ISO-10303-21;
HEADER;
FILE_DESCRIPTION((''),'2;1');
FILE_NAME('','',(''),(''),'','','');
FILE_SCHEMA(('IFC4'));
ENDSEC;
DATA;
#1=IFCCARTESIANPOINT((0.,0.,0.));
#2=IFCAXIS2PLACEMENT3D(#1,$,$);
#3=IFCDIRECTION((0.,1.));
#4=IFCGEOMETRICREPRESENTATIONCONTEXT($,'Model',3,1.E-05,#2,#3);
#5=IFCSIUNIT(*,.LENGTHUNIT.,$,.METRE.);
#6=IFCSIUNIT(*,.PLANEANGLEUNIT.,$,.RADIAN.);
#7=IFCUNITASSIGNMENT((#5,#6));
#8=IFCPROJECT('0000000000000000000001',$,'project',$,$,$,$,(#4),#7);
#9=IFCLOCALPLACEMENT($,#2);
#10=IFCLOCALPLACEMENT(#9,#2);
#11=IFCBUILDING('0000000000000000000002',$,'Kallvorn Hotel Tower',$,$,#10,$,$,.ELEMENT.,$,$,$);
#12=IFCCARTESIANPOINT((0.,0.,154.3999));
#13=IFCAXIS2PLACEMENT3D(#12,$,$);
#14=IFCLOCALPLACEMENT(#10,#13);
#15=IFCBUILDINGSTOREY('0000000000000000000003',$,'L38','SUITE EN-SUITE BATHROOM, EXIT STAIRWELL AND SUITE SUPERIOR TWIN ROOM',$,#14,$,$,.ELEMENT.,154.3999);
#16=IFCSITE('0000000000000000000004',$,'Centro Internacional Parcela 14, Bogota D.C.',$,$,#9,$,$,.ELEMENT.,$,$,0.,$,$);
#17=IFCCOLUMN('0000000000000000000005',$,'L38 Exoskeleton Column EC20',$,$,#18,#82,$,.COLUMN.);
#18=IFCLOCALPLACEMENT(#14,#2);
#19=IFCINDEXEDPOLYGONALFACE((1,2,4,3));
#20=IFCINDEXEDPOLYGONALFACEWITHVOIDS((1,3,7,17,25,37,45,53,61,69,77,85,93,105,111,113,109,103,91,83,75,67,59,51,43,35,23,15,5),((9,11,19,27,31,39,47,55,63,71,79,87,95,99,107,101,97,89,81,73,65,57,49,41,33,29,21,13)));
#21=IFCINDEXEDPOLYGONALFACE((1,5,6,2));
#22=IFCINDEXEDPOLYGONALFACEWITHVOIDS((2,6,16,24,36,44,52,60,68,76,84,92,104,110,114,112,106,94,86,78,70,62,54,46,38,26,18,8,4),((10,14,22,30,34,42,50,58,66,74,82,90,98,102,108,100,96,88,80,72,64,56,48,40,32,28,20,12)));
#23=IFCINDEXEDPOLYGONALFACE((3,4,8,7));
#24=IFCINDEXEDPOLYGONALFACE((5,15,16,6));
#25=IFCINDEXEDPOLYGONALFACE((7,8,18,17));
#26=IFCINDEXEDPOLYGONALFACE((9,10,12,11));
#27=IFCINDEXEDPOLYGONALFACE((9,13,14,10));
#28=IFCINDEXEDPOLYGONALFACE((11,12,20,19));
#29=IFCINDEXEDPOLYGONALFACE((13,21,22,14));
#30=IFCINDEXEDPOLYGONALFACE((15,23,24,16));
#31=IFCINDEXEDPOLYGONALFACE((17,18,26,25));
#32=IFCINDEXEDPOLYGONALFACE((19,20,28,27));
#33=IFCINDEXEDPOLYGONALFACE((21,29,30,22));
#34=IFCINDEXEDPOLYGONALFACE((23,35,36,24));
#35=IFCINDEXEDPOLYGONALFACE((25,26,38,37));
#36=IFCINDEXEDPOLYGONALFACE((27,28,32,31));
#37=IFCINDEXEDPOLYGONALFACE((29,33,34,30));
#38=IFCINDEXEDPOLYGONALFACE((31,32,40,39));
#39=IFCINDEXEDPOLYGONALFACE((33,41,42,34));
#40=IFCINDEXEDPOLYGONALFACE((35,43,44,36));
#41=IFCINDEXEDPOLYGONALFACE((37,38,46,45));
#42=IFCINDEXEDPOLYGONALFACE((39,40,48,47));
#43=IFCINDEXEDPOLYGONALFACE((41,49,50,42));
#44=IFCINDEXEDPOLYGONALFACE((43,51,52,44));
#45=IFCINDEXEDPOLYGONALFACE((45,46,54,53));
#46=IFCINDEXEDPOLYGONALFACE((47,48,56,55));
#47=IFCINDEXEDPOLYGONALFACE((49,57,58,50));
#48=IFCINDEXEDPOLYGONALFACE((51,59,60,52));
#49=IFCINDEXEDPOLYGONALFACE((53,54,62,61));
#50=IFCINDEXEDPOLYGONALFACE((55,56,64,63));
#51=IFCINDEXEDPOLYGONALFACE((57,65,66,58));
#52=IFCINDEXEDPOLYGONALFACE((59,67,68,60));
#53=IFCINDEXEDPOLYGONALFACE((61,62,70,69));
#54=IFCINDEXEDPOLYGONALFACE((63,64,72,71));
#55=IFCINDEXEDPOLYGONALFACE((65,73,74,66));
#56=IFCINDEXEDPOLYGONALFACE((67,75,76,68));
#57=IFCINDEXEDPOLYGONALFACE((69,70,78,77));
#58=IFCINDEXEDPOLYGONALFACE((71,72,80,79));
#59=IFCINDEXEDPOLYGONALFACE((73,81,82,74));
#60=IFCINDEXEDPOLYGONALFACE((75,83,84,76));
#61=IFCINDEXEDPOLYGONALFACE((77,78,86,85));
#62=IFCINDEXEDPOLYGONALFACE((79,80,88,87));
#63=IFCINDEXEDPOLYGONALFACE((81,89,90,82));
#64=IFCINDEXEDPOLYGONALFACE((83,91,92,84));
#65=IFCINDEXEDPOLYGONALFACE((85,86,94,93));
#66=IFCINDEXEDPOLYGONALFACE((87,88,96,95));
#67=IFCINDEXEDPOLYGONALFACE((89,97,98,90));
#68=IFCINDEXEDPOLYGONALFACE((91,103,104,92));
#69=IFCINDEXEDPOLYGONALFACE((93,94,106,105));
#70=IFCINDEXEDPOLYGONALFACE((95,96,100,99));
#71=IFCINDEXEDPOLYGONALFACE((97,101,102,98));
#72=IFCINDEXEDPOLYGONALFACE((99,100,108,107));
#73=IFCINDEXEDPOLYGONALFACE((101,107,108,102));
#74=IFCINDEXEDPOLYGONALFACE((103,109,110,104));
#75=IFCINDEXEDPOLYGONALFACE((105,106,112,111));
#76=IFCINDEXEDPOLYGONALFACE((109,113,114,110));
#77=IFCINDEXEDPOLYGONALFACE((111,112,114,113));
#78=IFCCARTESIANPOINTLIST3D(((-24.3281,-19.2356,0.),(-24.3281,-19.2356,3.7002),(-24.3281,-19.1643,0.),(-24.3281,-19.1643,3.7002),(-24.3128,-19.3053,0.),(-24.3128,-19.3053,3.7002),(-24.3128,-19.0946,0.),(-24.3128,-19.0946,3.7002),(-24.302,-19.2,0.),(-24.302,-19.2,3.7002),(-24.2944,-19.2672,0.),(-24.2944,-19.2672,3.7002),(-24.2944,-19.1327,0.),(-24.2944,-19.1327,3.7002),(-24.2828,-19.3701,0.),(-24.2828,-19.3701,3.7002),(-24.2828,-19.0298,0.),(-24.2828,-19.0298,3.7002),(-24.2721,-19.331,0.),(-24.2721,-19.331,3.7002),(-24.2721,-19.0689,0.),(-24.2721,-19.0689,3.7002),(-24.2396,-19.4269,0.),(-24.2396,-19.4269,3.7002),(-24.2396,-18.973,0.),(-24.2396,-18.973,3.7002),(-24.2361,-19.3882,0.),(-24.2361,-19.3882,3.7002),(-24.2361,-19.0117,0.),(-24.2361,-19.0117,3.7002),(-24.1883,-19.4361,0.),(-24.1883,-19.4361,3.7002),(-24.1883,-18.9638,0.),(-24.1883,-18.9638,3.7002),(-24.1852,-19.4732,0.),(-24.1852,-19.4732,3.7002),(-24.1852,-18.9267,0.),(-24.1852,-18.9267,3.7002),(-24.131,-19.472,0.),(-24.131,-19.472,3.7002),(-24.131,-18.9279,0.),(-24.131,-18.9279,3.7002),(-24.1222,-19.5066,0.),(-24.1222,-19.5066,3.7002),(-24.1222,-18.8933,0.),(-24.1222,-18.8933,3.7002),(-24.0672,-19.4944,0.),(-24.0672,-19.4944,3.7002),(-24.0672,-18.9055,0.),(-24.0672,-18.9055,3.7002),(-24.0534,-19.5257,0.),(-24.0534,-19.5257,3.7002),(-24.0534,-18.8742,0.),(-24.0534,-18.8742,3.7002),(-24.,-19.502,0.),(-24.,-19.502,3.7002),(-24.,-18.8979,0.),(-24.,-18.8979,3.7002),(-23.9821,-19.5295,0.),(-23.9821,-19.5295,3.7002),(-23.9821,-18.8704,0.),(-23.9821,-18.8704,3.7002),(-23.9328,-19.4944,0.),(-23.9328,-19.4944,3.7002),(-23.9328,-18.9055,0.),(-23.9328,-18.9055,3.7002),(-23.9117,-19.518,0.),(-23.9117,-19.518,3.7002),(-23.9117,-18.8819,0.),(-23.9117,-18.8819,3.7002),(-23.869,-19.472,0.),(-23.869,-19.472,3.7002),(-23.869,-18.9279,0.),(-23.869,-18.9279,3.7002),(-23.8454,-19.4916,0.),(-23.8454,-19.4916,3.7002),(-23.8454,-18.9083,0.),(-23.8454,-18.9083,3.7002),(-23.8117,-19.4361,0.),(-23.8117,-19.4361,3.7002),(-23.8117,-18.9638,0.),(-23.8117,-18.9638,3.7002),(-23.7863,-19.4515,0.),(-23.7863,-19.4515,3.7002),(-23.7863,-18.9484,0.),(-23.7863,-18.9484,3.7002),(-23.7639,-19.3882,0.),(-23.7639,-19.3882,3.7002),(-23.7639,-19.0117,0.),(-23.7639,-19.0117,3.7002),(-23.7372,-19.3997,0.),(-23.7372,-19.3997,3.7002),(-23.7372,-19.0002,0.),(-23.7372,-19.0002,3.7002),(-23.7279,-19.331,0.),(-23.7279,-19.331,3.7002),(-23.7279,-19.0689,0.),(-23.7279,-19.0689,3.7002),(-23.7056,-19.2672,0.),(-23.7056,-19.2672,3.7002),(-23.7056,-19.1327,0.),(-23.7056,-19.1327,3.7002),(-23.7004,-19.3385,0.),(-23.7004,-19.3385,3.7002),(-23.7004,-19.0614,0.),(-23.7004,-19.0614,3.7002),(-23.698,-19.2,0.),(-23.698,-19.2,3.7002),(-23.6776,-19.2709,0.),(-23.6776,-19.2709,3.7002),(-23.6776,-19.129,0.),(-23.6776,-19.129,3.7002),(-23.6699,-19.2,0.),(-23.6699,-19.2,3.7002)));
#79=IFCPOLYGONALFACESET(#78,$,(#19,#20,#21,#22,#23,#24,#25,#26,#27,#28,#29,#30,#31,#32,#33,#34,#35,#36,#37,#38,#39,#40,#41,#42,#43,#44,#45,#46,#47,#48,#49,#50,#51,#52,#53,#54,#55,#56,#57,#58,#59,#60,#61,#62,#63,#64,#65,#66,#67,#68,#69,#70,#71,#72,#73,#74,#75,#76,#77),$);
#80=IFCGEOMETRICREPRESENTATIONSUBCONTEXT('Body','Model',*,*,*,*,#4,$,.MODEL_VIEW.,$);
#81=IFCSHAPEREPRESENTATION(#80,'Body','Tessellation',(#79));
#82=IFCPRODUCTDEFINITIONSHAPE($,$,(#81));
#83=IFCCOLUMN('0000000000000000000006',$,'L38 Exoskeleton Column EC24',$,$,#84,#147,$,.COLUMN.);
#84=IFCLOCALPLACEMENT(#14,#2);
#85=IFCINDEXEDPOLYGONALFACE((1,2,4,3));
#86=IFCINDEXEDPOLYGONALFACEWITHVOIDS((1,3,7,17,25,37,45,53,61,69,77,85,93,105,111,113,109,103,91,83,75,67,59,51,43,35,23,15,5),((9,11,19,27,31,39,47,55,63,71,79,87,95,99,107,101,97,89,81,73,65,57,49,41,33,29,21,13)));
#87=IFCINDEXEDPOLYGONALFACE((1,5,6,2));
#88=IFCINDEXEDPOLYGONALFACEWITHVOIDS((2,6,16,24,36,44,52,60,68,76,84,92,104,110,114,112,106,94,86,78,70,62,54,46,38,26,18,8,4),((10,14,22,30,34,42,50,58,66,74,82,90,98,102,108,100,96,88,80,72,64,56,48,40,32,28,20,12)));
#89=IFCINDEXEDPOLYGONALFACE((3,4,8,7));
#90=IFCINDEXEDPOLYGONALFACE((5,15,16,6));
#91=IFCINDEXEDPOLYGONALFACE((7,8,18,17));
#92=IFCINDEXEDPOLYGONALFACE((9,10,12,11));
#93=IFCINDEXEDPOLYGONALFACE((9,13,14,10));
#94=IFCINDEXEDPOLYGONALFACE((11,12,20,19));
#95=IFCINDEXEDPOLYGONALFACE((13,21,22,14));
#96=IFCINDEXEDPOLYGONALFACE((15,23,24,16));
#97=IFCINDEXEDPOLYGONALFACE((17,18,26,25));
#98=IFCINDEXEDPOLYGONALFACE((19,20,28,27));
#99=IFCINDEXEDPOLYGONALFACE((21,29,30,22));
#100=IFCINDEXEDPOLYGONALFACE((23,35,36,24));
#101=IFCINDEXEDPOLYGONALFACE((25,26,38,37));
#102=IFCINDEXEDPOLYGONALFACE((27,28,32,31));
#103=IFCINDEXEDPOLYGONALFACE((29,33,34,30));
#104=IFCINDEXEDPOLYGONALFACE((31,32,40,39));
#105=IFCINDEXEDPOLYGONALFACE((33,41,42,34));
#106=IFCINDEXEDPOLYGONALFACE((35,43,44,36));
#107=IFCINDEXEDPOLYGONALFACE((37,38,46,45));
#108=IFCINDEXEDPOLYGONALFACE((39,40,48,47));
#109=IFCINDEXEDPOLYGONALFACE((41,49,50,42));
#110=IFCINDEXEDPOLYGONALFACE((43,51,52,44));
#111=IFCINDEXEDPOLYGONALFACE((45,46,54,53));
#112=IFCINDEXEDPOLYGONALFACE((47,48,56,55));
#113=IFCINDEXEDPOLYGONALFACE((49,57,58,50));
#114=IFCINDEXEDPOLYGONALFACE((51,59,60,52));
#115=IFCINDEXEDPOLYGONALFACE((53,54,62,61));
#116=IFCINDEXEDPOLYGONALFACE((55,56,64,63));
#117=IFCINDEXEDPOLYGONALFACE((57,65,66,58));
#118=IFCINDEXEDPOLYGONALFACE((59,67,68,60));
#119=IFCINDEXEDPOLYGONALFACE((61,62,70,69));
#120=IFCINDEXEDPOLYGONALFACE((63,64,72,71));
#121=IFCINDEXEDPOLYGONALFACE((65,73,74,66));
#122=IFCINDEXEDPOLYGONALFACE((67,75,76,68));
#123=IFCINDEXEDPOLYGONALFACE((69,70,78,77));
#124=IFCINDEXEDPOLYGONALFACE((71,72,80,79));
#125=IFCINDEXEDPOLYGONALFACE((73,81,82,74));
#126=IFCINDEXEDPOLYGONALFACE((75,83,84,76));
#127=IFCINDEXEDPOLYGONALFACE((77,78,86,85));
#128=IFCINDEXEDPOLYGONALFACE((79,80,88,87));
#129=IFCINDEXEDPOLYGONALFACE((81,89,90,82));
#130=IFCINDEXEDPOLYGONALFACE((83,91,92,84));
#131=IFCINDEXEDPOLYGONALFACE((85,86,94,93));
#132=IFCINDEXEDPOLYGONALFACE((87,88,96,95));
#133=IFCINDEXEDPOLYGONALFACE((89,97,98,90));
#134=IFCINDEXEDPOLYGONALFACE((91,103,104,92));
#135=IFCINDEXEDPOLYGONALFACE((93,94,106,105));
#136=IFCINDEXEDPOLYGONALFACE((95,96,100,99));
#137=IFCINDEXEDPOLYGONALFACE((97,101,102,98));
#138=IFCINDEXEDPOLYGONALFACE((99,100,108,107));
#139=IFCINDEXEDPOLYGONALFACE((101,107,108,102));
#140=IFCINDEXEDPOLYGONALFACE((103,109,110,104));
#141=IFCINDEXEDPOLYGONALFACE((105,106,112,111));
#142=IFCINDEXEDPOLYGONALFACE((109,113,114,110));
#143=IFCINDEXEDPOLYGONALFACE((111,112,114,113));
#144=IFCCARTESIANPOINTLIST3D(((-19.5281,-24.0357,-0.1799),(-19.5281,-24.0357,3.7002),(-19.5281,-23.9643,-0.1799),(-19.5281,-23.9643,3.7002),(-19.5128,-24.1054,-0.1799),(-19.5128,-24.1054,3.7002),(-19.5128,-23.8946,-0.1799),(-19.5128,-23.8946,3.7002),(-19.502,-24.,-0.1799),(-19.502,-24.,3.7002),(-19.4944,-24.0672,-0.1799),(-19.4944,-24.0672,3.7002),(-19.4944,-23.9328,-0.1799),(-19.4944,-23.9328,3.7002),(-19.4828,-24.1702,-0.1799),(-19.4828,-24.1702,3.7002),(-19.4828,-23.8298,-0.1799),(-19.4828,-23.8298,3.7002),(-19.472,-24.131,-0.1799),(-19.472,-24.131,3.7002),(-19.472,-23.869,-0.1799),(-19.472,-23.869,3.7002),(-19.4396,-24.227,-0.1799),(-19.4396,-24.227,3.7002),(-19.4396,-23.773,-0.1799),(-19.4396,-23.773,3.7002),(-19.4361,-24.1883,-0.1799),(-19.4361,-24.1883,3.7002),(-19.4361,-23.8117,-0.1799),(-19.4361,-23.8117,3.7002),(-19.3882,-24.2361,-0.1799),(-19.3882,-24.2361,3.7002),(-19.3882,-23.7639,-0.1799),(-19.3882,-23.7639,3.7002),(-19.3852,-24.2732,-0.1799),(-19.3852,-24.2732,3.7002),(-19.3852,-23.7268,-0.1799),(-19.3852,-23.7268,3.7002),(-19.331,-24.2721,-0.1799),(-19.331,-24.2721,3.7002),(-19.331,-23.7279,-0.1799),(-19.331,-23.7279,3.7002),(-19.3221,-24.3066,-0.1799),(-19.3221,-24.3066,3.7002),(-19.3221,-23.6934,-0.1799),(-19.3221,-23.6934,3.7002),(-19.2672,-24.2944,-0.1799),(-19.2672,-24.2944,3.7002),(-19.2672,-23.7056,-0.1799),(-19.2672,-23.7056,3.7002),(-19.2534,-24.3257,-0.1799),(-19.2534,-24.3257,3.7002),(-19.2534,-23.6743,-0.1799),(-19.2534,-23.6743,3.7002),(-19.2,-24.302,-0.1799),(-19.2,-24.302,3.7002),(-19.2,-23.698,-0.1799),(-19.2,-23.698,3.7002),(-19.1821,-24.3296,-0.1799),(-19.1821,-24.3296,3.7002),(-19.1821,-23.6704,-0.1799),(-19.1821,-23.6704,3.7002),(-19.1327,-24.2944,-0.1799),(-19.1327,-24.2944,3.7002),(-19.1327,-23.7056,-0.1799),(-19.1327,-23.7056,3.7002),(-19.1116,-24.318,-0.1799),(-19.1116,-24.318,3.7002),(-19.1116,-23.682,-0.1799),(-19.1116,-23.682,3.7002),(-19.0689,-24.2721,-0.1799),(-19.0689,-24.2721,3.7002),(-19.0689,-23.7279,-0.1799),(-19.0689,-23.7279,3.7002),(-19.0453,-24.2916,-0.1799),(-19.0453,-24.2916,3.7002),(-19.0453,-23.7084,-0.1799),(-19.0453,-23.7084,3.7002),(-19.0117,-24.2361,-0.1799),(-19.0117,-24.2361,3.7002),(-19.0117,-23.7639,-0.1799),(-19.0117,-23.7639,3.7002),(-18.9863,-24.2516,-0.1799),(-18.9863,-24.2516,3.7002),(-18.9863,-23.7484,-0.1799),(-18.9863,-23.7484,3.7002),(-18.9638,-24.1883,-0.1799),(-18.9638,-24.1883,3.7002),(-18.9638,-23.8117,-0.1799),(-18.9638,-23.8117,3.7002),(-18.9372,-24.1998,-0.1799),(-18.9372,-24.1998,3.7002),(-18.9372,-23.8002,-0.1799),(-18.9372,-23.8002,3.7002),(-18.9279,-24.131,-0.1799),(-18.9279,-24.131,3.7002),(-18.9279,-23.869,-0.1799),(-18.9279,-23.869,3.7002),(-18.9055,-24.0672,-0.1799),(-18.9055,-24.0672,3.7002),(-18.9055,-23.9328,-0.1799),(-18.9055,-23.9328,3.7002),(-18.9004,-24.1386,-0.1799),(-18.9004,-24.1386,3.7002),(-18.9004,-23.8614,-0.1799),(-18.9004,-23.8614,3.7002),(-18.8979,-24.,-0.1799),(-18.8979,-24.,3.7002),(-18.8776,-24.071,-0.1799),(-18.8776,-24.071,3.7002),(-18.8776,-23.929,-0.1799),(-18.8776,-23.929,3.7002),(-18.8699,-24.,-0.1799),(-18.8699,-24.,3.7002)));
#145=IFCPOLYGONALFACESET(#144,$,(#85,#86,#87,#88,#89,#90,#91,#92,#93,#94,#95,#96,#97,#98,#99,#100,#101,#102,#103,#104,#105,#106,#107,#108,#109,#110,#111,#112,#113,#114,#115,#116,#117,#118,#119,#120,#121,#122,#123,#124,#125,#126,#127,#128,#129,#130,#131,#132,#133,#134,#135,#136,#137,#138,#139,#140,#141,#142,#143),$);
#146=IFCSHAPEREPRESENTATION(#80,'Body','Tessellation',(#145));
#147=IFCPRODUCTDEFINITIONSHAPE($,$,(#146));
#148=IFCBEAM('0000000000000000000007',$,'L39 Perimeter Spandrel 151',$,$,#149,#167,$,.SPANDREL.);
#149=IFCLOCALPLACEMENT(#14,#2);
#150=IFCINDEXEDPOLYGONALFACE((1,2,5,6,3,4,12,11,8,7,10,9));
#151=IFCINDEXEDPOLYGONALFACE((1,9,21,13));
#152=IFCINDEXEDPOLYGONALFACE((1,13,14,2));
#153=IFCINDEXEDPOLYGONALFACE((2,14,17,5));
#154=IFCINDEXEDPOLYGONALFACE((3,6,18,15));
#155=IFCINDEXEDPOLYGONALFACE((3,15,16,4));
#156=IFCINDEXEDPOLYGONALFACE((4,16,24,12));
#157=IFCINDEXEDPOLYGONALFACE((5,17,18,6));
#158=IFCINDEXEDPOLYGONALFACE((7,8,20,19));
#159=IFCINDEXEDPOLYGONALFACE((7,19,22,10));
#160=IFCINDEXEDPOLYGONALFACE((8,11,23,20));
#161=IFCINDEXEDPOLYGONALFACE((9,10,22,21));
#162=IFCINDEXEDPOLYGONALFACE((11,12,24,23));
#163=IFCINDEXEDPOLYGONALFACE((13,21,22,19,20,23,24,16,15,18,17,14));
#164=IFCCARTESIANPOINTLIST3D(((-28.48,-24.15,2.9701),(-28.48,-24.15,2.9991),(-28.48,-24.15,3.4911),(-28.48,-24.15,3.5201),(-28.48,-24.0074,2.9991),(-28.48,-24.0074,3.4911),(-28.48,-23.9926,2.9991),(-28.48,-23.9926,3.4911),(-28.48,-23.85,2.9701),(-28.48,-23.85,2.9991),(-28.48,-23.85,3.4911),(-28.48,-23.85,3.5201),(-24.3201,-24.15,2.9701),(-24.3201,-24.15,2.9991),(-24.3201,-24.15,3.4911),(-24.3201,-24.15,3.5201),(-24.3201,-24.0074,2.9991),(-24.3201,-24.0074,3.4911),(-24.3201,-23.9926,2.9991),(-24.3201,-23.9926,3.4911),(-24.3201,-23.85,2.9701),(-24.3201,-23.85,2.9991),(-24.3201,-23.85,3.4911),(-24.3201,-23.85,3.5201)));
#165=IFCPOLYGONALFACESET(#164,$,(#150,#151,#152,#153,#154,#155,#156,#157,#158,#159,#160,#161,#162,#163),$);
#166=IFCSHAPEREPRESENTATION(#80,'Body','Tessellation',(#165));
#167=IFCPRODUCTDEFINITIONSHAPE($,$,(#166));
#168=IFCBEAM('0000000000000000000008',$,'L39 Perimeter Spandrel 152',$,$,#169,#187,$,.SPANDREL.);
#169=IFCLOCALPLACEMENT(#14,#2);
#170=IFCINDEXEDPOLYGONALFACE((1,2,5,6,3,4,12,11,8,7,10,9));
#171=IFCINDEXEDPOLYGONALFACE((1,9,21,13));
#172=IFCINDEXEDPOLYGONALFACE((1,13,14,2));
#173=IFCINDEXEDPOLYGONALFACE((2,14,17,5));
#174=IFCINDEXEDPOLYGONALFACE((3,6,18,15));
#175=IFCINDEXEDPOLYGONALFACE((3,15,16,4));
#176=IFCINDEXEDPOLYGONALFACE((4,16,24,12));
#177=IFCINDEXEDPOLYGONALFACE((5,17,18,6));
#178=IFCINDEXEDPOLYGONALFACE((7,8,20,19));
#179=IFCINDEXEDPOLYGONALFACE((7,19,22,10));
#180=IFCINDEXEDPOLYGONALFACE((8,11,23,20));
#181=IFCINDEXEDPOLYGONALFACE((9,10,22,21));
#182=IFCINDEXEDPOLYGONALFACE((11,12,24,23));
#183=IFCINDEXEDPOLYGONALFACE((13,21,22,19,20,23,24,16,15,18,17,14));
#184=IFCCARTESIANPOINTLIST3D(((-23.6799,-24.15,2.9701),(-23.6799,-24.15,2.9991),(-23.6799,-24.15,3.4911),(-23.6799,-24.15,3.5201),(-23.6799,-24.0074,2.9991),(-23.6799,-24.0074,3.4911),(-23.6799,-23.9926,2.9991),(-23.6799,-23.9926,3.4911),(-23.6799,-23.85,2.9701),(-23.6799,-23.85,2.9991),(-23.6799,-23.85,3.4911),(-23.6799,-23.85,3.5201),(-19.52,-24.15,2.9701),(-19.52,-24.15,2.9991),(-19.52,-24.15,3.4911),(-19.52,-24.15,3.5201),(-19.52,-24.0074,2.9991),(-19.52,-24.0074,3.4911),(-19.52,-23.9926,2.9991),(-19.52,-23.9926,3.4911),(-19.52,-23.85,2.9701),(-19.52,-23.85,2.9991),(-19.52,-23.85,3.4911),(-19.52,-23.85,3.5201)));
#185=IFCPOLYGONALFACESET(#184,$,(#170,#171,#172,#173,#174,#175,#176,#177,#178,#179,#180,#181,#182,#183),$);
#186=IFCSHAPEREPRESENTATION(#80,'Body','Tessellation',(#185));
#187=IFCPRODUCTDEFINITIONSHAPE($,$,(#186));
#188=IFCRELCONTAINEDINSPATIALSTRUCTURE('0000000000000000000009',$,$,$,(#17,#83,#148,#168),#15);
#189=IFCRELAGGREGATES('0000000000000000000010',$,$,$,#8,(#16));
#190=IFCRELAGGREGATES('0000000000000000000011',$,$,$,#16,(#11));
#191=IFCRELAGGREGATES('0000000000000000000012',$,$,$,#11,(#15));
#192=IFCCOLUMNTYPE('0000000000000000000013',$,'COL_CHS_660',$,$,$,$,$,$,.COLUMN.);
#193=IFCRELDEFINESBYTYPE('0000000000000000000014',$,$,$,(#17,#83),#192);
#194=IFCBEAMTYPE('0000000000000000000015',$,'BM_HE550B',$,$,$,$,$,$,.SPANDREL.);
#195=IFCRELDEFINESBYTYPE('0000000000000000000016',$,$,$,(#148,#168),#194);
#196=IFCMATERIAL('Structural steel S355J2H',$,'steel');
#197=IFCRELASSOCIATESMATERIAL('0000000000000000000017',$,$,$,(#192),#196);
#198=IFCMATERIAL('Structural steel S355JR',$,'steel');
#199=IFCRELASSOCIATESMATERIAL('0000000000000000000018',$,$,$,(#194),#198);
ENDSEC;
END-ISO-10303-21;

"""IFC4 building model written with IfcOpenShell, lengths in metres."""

from ifc_helpers import new_model, si_unit, direction, frame, origin, origin_2d, place, context, subcontext, project, spatial, hollow_circle, i_section, extrude, material, material_profile, profile_set, type_object, element, save


model = new_model("IFC4")

# Units and contexts
model_context = context("Model", 3, precision=1e-05, world=origin(), true_north=direction((0.0, 1.0)))
body_context = subcontext(model_context, "Body", "Model", "MODEL_VIEW")
ifc_project = project(units=[si_unit("LENGTHUNIT", "METRE"), si_unit("PLANEANGLEUNIT", "RADIAN")], contexts=[model_context])

# Site, building, storey
site_placement = place(None, origin())
site = spatial("IfcSite", under=ifc_project, at=site_placement, Name="Centro Internacional Parcela 14, Bogota D.C.", CompositionType="ELEMENT", RefElevation=0.0)
building_placement = place(site_placement, origin())
building = spatial("IfcBuilding", under=site, at=building_placement, Name="Kallvorn Hotel Tower", CompositionType="ELEMENT")
storey_placement = place(building_placement, frame((0.0, 0.0, 154.3999)))
storey = spatial("IfcBuildingStorey", under=building, at=storey_placement, Name="L38", Description="SUITE EN-SUITE BATHROOM, EXIT STAIRWELL AND SUITE SUPERIOR TWIN ROOM", CompositionType="ELEMENT", Elevation=154.3999)

# Columns
ifc_material_1 = material(Name="Structural steel S355J2H", Category="steel")
ifc_material_profile_1 = material_profile(ifc_material_1, hollow_circle(Radius=0.3301, WallThickness=0.0281, at=origin_2d()), Name="CHS 660x28")
ifc_profile_set_1 = profile_set([ifc_material_profile_1], Name="Structural steel S355J2H")
column_type = type_object("IfcColumnType", Name="COL_CHS_660", PredefinedType="COLUMN", material=ifc_profile_set_1)
column_1_placement = place(storey_placement, frame((-24.0, -19.2, 0.0), z_axis=(0.0, 0.0, 1.0), x_axis=(1.0, 0.0, 0.0)))
element("IfcColumn", 1, at=column_1_placement, inside=storey, type_object=column_type, Name="L38 Exoskeleton Column EC20", PredefinedType="COLUMN", context=body_context, shape_type="SweptSolid", body=[
    extrude(hollow_circle(Radius=0.3301, WallThickness=0.0281, at=origin_2d()), origin(), (0.0, 0.0, 1.0), 3.7002),
])
column_2_placement = place(storey_placement, frame((-19.2, -24.0, -0.1799), z_axis=(0.0, 0.0, 1.0), x_axis=(1.0, 0.0, 0.0)))
element("IfcColumn", 2, at=column_2_placement, inside=storey, type_object=column_type, Name="L38 Exoskeleton Column EC24", PredefinedType="COLUMN", context=body_context, shape_type="SweptSolid", body=[
    extrude(hollow_circle(Radius=0.3301, WallThickness=0.0281, at=origin_2d()), origin(), (0.0, 0.0, 1.0), 3.8801),
])

# Beams
ifc_material_2 = material(Name="Structural steel S355JR", Category="steel")
ifc_material_profile_2 = material_profile(ifc_material_2, i_section(OverallWidth=0.3, OverallDepth=0.55, WebThickness=0.0149, FlangeThickness=0.0291, at=origin_2d()), Name="HE 550 B")
ifc_profile_set_2 = profile_set([ifc_material_profile_2], Name="Structural steel S355JR")
beam_type_1 = type_object("IfcBeamType", Name="BM_HE550B", PredefinedType="SPANDREL", material=ifc_profile_set_2)
for number, where, z_axis, x_axis, name in (
    (3, (-28.48, -24.0, 3.2451), (1.0, 0.0, 0.0), (0.0, 1.0, 0.0), "L39 Perimeter Spandrel 151"),
    (4, (-23.6799, -24.0, 3.2451), (1.0, 0.0, 0.0), (0.0, 1.0, 0.0), "L39 Perimeter Spandrel 152"),
):
    element("IfcBeam", number, at=place(storey_placement, frame(where, z_axis=z_axis, x_axis=x_axis)), inside=storey, type_object=beam_type_1, Name=name, PredefinedType="SPANDREL", context=body_context, shape_type="SweptSolid", body=[
        extrude(i_section(OverallWidth=0.3, OverallDepth=0.55, WebThickness=0.0149, FlangeThickness=0.0291, at=origin_2d()), origin(), (0.0, 0.0, 1.0), 4.1599),
    ])

save(model, "model.ifc")
